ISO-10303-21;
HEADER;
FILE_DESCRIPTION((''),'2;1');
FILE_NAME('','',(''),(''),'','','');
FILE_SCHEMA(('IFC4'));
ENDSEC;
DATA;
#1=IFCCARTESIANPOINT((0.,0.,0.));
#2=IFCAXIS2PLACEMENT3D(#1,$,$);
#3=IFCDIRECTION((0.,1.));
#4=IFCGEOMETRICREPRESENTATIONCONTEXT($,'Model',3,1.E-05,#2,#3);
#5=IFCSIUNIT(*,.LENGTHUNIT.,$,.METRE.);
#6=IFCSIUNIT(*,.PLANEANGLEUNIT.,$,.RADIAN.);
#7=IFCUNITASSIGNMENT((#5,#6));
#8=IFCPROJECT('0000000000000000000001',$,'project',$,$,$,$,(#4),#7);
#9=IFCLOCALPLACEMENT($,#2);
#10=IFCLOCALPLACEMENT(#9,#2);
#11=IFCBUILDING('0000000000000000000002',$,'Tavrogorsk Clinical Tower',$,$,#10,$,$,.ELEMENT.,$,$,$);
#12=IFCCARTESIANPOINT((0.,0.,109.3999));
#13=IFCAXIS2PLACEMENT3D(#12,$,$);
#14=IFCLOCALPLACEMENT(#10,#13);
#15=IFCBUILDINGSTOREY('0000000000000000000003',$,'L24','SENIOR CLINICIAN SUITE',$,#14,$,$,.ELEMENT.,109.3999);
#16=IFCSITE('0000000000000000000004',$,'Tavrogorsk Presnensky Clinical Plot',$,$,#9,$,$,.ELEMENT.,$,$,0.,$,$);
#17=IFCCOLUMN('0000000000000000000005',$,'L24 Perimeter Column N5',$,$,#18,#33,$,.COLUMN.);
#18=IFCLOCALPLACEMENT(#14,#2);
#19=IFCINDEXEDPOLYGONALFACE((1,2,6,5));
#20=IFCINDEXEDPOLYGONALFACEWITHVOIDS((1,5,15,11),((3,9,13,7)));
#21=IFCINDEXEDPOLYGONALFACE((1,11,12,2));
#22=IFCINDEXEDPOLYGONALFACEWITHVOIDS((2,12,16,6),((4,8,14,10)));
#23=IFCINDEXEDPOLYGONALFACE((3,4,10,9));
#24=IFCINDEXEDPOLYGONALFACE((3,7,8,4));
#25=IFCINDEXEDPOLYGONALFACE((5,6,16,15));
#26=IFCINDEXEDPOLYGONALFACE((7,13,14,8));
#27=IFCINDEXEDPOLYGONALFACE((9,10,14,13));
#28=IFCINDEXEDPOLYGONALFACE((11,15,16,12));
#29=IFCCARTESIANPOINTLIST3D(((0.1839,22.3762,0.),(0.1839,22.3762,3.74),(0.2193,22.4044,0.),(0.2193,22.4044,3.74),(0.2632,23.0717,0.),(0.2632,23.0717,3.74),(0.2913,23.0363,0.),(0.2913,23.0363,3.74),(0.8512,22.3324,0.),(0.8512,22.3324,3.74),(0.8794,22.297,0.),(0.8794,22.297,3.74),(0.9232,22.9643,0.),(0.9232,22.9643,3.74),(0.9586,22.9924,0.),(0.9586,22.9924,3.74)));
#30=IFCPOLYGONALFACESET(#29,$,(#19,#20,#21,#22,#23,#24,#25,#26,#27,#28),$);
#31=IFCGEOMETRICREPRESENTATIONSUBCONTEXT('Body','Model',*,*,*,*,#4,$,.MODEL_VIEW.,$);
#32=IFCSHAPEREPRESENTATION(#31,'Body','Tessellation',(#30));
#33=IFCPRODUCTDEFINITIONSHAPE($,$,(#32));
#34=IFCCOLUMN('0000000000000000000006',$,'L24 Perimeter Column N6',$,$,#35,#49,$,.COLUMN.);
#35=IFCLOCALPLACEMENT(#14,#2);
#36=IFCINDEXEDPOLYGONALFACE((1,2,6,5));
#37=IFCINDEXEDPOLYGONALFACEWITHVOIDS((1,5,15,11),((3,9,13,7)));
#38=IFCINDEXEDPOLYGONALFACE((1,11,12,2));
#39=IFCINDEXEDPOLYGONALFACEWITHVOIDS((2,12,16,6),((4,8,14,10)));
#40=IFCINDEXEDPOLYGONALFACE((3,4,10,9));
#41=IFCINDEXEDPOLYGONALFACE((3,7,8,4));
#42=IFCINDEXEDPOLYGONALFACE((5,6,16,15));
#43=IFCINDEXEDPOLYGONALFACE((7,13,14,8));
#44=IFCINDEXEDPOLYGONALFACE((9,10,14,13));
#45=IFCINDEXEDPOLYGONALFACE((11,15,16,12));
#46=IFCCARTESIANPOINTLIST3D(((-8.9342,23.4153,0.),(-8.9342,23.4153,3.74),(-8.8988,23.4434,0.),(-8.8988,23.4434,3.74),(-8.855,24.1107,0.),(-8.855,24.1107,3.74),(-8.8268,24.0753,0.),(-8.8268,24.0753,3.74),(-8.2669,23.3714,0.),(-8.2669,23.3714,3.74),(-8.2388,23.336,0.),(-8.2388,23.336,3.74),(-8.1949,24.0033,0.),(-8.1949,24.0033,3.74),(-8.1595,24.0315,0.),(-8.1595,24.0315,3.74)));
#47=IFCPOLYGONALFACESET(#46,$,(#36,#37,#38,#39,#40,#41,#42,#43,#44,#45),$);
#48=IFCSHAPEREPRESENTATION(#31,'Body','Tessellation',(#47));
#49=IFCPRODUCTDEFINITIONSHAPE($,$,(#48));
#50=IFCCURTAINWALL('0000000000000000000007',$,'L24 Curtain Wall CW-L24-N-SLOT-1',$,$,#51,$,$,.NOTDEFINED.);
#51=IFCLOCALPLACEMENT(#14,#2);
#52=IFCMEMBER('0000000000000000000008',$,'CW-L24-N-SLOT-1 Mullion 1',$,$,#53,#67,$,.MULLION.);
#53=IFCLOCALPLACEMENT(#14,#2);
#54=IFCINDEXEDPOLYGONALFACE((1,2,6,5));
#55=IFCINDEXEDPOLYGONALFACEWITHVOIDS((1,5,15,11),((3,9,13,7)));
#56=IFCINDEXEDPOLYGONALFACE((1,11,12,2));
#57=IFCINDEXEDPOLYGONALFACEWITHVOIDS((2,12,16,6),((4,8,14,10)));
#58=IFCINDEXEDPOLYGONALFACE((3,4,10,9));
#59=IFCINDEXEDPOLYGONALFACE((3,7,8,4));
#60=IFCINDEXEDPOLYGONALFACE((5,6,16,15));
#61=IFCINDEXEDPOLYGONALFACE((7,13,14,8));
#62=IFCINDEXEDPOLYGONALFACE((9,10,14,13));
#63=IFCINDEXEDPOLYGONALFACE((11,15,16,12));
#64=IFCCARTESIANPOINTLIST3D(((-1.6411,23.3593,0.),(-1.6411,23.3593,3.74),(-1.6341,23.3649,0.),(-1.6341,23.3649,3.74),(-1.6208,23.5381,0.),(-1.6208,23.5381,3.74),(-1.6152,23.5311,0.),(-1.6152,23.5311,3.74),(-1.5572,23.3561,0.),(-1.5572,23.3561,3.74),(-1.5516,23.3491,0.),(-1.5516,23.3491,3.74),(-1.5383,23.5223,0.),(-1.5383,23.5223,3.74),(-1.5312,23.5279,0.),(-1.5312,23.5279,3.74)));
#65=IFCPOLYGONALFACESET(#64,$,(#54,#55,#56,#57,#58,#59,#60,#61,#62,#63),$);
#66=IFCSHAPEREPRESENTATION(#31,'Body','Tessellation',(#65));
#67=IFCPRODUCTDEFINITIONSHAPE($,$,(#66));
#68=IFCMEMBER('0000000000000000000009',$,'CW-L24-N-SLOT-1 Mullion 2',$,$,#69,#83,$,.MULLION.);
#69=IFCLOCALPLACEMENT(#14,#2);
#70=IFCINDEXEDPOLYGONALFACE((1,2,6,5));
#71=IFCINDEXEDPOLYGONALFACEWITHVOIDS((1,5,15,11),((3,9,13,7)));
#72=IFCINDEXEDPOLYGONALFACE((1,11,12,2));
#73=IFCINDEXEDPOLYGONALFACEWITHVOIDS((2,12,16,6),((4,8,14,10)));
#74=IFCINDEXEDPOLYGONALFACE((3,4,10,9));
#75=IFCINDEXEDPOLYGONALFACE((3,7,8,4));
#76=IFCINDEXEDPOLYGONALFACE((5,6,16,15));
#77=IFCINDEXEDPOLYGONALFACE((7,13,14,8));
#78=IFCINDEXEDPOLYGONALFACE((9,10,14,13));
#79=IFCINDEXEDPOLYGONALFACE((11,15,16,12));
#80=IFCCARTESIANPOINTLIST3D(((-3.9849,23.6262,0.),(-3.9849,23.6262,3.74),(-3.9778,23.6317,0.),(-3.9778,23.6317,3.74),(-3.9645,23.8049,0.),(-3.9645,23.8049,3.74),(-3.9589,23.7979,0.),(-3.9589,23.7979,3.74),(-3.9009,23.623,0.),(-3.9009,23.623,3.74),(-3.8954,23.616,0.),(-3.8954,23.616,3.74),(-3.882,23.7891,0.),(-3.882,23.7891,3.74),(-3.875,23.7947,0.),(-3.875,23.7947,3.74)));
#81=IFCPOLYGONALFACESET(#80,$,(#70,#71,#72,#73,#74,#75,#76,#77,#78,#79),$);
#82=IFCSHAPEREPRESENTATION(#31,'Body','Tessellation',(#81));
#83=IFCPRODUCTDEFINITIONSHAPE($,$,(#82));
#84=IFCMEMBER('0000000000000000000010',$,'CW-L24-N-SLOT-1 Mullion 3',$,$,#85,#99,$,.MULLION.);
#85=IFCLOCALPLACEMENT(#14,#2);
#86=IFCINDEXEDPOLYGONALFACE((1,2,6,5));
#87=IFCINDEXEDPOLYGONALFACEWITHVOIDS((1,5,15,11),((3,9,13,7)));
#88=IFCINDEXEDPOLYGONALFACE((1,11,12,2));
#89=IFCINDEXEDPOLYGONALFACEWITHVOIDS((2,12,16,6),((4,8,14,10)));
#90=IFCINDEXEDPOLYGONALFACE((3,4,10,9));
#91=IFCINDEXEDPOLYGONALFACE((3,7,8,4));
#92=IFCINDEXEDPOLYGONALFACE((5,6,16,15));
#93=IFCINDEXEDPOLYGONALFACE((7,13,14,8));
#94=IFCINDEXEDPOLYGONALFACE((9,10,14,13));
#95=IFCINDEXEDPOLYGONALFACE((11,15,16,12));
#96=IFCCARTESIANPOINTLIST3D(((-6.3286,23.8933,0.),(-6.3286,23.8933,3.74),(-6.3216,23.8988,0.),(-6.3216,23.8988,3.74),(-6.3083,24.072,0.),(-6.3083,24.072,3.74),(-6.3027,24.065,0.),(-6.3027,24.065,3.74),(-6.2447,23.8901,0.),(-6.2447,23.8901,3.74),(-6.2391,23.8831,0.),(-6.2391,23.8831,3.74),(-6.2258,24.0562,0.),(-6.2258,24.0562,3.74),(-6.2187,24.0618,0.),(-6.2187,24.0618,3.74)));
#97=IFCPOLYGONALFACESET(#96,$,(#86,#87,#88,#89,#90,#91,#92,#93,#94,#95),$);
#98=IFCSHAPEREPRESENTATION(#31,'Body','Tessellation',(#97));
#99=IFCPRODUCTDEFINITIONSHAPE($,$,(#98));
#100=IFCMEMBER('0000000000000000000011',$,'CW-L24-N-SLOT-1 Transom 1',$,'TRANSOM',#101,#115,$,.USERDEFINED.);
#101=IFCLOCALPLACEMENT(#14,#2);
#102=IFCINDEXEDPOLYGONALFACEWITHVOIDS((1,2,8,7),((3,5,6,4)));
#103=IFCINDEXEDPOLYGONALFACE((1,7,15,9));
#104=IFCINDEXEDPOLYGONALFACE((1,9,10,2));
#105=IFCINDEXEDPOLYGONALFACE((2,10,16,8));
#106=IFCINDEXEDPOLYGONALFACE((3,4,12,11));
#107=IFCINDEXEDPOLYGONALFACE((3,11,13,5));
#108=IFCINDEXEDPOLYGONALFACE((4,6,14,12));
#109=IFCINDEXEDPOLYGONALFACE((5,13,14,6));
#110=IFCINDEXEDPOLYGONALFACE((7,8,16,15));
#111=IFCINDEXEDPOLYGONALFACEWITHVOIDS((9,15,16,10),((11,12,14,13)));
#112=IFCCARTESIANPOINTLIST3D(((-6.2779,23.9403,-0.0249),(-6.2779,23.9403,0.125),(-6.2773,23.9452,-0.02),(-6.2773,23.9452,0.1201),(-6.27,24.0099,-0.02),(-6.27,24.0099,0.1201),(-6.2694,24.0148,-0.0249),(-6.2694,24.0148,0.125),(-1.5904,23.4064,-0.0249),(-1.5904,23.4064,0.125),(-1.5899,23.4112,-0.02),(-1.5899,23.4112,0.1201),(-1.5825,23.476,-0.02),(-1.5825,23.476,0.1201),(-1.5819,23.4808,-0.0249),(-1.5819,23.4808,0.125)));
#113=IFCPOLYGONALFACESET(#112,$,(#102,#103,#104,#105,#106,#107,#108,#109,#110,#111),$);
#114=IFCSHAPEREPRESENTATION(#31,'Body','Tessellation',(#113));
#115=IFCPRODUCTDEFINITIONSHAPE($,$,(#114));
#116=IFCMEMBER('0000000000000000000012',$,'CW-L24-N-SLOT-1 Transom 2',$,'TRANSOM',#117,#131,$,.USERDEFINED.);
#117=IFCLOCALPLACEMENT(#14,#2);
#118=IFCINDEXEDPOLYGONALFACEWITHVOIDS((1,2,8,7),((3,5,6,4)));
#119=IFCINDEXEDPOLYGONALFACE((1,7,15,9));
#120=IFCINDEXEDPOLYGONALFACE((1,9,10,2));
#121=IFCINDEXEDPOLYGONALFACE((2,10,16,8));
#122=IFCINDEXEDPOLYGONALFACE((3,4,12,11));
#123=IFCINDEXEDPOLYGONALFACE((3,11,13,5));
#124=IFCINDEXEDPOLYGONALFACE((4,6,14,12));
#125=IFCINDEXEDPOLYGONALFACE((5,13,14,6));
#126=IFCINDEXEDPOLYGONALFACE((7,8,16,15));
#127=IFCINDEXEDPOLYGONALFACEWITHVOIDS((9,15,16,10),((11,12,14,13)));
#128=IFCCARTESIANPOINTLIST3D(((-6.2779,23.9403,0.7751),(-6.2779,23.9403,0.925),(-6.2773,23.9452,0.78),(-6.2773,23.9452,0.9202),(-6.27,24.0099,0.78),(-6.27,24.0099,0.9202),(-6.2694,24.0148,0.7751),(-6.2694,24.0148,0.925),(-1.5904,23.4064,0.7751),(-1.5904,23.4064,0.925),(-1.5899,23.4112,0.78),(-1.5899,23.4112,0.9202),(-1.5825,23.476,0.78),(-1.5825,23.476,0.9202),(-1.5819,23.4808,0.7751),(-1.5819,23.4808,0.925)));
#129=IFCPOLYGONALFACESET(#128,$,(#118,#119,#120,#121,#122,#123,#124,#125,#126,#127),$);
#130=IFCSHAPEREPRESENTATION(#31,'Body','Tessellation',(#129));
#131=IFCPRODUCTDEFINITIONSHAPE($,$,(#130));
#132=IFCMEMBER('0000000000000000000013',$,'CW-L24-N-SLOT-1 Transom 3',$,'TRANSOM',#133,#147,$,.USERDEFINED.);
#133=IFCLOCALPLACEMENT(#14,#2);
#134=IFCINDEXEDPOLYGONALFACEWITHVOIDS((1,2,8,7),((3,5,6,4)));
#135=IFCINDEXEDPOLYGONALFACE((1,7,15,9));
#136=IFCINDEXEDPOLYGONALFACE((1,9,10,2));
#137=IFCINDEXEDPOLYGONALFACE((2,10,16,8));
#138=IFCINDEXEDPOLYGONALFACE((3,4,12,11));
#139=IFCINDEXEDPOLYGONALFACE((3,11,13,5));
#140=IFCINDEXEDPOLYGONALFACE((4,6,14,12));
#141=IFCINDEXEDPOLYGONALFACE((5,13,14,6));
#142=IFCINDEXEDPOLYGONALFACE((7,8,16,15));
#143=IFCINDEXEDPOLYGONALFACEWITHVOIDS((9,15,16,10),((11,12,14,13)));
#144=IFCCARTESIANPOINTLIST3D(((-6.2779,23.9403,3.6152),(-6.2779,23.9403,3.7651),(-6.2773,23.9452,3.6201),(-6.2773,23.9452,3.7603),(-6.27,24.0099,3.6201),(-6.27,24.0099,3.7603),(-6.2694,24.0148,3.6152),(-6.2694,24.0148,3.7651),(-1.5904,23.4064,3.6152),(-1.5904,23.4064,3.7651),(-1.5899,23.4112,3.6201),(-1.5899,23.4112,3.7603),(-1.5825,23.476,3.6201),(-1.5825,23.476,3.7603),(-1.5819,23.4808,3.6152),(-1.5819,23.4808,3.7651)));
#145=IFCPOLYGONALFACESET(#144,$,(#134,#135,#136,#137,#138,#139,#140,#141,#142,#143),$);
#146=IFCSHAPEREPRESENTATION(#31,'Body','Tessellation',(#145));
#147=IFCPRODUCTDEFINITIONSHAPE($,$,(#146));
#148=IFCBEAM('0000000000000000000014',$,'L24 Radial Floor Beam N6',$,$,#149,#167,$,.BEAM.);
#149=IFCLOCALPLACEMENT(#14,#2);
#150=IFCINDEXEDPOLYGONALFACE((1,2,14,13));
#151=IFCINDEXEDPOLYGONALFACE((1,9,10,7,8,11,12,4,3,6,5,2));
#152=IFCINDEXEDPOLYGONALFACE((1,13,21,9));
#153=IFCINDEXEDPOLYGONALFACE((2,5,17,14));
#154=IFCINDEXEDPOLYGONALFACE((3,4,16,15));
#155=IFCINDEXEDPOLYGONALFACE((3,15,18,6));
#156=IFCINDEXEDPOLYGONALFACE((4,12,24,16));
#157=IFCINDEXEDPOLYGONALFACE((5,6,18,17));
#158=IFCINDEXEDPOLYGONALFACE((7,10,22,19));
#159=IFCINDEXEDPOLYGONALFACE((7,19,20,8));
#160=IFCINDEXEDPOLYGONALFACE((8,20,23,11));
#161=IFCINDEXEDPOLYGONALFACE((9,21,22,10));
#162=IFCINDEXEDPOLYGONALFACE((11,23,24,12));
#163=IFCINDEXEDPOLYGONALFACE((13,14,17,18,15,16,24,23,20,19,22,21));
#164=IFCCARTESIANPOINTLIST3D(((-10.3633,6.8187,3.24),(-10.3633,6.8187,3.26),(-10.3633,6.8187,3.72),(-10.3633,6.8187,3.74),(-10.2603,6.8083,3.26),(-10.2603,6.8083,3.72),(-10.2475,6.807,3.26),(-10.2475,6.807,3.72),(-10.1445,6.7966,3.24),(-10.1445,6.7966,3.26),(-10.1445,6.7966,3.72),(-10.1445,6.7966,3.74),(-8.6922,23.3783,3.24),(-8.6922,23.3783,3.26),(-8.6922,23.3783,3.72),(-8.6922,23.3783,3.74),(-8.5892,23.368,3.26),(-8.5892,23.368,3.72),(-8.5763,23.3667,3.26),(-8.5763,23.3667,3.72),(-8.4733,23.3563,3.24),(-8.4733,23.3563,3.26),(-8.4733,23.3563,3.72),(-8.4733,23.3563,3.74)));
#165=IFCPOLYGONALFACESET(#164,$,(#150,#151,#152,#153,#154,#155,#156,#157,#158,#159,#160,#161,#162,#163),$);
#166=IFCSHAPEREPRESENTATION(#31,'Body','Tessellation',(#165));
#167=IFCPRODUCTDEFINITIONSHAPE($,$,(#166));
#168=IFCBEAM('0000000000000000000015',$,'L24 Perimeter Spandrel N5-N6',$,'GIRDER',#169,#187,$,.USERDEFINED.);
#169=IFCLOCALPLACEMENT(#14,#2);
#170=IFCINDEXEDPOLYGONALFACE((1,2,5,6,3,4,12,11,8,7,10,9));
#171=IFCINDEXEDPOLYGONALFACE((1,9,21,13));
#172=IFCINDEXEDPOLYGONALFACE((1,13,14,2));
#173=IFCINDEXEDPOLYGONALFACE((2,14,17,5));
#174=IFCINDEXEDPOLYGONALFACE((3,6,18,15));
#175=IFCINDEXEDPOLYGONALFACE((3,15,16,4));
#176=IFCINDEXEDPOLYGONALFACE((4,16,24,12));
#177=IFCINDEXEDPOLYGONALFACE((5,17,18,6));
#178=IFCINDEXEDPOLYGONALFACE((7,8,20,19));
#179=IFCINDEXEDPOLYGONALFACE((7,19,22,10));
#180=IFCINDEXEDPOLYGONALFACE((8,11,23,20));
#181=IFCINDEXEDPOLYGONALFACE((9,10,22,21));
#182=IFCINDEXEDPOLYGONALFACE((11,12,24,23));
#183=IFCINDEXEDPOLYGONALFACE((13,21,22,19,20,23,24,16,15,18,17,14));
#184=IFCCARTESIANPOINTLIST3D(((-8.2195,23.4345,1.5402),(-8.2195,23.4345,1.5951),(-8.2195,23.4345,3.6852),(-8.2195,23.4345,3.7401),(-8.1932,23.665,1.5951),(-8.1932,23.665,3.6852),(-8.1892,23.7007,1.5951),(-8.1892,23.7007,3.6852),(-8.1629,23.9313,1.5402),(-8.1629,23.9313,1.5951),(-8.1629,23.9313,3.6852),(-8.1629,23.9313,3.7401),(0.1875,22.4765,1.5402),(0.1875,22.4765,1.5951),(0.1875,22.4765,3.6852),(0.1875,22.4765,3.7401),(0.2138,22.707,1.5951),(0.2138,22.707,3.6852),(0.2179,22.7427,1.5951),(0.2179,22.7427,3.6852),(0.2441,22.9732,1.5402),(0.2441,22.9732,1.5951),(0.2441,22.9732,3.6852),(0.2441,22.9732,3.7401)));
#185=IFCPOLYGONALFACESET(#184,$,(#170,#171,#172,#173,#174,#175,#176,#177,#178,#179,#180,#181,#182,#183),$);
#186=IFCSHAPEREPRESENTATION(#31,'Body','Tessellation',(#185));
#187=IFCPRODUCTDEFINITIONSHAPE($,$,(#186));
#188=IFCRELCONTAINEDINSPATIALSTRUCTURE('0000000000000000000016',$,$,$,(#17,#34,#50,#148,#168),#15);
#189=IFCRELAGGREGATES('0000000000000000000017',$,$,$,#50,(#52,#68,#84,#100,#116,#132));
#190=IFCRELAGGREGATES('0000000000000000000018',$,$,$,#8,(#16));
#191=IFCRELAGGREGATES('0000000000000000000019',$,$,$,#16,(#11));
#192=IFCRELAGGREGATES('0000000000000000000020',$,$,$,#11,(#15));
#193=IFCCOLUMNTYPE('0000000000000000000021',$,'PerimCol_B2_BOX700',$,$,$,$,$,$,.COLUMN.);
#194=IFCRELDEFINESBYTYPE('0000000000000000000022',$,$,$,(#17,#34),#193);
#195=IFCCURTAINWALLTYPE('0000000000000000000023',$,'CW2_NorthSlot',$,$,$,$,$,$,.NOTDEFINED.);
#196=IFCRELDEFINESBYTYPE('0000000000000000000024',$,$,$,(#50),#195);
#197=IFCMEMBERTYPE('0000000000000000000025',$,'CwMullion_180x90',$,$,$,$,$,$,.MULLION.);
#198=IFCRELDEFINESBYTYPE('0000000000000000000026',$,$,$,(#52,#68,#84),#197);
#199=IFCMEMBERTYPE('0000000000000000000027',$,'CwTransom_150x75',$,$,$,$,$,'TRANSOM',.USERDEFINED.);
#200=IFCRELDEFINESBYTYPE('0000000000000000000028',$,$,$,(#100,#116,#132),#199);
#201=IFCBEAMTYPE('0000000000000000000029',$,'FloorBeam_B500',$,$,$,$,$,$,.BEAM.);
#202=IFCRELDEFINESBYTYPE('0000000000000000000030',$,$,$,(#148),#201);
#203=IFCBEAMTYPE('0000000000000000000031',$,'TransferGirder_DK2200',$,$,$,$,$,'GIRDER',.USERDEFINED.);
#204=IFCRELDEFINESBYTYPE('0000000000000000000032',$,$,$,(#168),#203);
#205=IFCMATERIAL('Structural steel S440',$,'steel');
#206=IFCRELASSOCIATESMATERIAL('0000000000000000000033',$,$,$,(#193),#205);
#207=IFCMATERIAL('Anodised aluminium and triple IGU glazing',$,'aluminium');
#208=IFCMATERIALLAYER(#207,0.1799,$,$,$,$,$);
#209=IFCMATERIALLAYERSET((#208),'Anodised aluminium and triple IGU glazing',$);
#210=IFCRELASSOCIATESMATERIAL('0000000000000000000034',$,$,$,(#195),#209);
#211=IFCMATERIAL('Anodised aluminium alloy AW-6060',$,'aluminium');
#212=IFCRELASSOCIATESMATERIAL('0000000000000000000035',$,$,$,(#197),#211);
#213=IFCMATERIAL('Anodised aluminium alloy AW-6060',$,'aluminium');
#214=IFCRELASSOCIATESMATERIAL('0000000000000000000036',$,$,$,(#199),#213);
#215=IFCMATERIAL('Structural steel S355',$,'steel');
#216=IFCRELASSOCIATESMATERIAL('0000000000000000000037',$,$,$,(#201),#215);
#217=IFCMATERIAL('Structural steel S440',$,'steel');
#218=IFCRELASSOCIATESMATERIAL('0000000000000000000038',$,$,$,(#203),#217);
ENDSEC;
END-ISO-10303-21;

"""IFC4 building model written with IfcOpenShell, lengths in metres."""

from ifc_helpers import new_model, si_unit, direction, frame, origin, origin_2d, place, context, subcontext, project, spatial, hollow_rectangle, i_section, extrude, material, layer, layer_set, material_profile, profile_set, type_object, element, aggregate, save


model = new_model("IFC4")

# Units and contexts
model_context = context("Model", 3, precision=1e-05, world=origin(), true_north=direction((0.0, 1.0)))
body_context = subcontext(model_context, "Body", "Model", "MODEL_VIEW")
ifc_project = project(units=[si_unit("LENGTHUNIT", "METRE"), si_unit("PLANEANGLEUNIT", "RADIAN")], contexts=[model_context])

# Site, building, storey
site_placement = place(None, origin())
site = spatial("IfcSite", under=ifc_project, at=site_placement, Name="Tavrogorsk Presnensky Clinical Plot", CompositionType="ELEMENT", RefElevation=0.0)
building_placement = place(site_placement, origin())
building = spatial("IfcBuilding", under=site, at=building_placement, Name="Tavrogorsk Clinical Tower", CompositionType="ELEMENT")
storey_placement = place(building_placement, frame((0.0, 0.0, 109.3999)))
storey = spatial("IfcBuildingStorey", under=building, at=storey_placement, Name="L24", Description="SENIOR CLINICIAN SUITE", CompositionType="ELEMENT", Elevation=109.3999)

# Columns
ifc_material_1 = material(Name="Structural steel S440", Category="steel")
ifc_material_profile_1 = material_profile(ifc_material_1, hollow_rectangle(XDim=0.7, YDim=0.7, WallThickness=0.032, at=origin_2d()), Name="BOX-700x700x32")
ifc_profile_set_1 = profile_set([ifc_material_profile_1], Name="Structural steel S440")
column_type = type_object("IfcColumnType", Name="PerimCol_B2_BOX700", PredefinedType="COLUMN", material=ifc_profile_set_1)
for number, where, z_axis, x_axis, name in (
    (1, (0.5713, 22.6843, 0.0), (0.0, 0.0, 1.0), (0.993572, -0.113203, 0.0), "L24 Perimeter Column N5"),
    (2, (-8.5469, 23.7234, 0.0), (0.0, 0.0, 1.0), (0.993572, -0.113203, 0.0), "L24 Perimeter Column N6"),
):
    element("IfcColumn", number, at=place(storey_placement, frame(where, z_axis=z_axis, x_axis=x_axis)), inside=storey, type_object=column_type, Name=name, PredefinedType="COLUMN", context=body_context, shape_type="SweptSolid", body=[
        extrude(hollow_rectangle(XDim=0.7, YDim=0.7, WallThickness=0.032, at=origin_2d()), origin(), (0.0, 0.0, 1.0), 3.74),
    ])

# Curtain wall, members
ifc_material_2 = material(Name="Anodised aluminium and triple IGU glazing", Category="aluminium")
ifc_layer_1 = layer(ifc_material_2, 0.1799)
ifc_layer_set_1 = layer_set([ifc_layer_1], Name="Anodised aluminium and triple IGU glazing")
curtain_wall_type = type_object("IfcCurtainWallType", Name="CW2_NorthSlot", PredefinedType="NOTDEFINED", material=ifc_layer_set_1)
curtain_wall_placement = place(storey_placement, origin())
curtain_wall = element("IfcCurtainWall", 3, at=curtain_wall_placement, inside=storey, type_object=curtain_wall_type, Name="L24 Curtain Wall CW-L24-N-SLOT-1", PredefinedType="NOTDEFINED")
ifc_material_3 = material(Name="Anodised aluminium alloy AW-6060", Category="aluminium")
ifc_material_profile_2 = material_profile(ifc_material_3, hollow_rectangle(XDim=0.0901, YDim=0.1799, WallThickness=0.0063, at=origin_2d()), Name="RHS-180x90x6.3")
ifc_profile_set_2 = profile_set([ifc_material_profile_2], Name="Anodised aluminium alloy AW-6060")
member_type_1 = type_object("IfcMemberType", Name="CwMullion_180x90", PredefinedType="MULLION", material=ifc_profile_set_2)
member_1_placement = place(storey_placement, frame((-1.5862, 23.4436, 0.0), z_axis=(0.0, 0.0, 1.0), x_axis=(-0.993572, 0.113203, 0.0)))
member_1 = element("IfcMember", 4, at=member_1_placement, type_object=member_type_1, Name="CW-L24-N-SLOT-1 Mullion 1", PredefinedType="MULLION", context=body_context, shape_type="SweptSolid", body=[
    extrude(hollow_rectangle(XDim=0.0901, YDim=0.1799, WallThickness=0.0063, at=origin_2d()), origin(), (0.0, 0.0, 1.0), 3.74),
])
member_2_placement = place(storey_placement, frame((-3.9299, 23.7104, 0.0), z_axis=(0.0, 0.0, 1.0), x_axis=(-0.993572, 0.113203, 0.0)))
member_2 = element("IfcMember", 5, at=member_2_placement, type_object=member_type_1, Name="CW-L24-N-SLOT-1 Mullion 2", PredefinedType="MULLION", context=body_context, shape_type="SweptSolid", body=[
    extrude(hollow_rectangle(XDim=0.0901, YDim=0.1799, WallThickness=0.0063, at=origin_2d()), origin(), (0.0, 0.0, 1.0), 3.74),
])
member_3_placement = place(storey_placement, frame((-6.2737, 23.9775, 0.0), z_axis=(0.0, 0.0, 1.0), x_axis=(-0.993572, 0.113203, 0.0)))
member_3 = element("IfcMember", 6, at=member_3_placement, type_object=member_type_1, Name="CW-L24-N-SLOT-1 Mullion 3", PredefinedType="MULLION", context=body_context, shape_type="SweptSolid", body=[
    extrude(hollow_rectangle(XDim=0.0901, YDim=0.1799, WallThickness=0.0063, at=origin_2d()), origin(), (0.0, 0.0, 1.0), 3.74),
])
ifc_material_4 = material(Name="Anodised aluminium alloy AW-6060", Category="aluminium")
ifc_material_profile_3 = material_profile(ifc_material_4, hollow_rectangle(XDim=0.075, YDim=0.1499, WallThickness=0.0049, at=origin_2d()), Name="RHS-150x75x5")
ifc_profile_set_3 = profile_set([ifc_material_profile_3], Name="Anodised aluminium alloy AW-6060")
member_type_2 = type_object("IfcMemberType", Name="CwTransom_150x75", ElementType="TRANSOM", PredefinedType="USERDEFINED", material=ifc_profile_set_3)
member_4_placement = place(storey_placement, frame((-1.5862, 23.4436, 0.05), z_axis=(-0.993575, 0.113174, 0.0), x_axis=(-0.113174, -0.993575, 0.0)))
member_4 = element("IfcMember", 7, at=member_4_placement, type_object=member_type_2, Name="CW-L24-N-SLOT-1 Transom 1", ObjectType="TRANSOM", PredefinedType="USERDEFINED", context=body_context, shape_type="SweptSolid", body=[
    extrude(hollow_rectangle(XDim=0.075, YDim=0.1499, WallThickness=0.0049, at=origin_2d()), origin(), (0.0, 0.0, 1.0), 4.7178),
])
member_5_placement = place(storey_placement, frame((-1.5862, 23.4436, 0.8501), z_axis=(-0.993575, 0.113174, 0.0), x_axis=(-0.113174, -0.993575, 0.0)))
member_5 = element("IfcMember", 8, at=member_5_placement, type_object=member_type_2, Name="CW-L24-N-SLOT-1 Transom 2", ObjectType="TRANSOM", PredefinedType="USERDEFINED", context=body_context, shape_type="SweptSolid", body=[
    extrude(hollow_rectangle(XDim=0.075, YDim=0.1499, WallThickness=0.0049, at=origin_2d()), origin(), (0.0, 0.0, 1.0), 4.7178),
])
member_6_placement = place(storey_placement, frame((-1.5862, 23.4436, 3.6902), z_axis=(-0.993575, 0.113174, 0.0), x_axis=(-0.113174, -0.993575, 0.0)))
member_6 = element("IfcMember", 9, at=member_6_placement, type_object=member_type_2, Name="CW-L24-N-SLOT-1 Transom 3", ObjectType="TRANSOM", PredefinedType="USERDEFINED", context=body_context, shape_type="SweptSolid", body=[
    extrude(hollow_rectangle(XDim=0.075, YDim=0.1499, WallThickness=0.0049, at=origin_2d()), origin(), (0.0, 0.0, 1.0), 4.7178),
])

# Beams
ifc_material_5 = material(Name="Structural steel S355", Category="steel")
ifc_material_profile_4 = material_profile(ifc_material_5, i_section(OverallWidth=0.22, OverallDepth=0.5, WebThickness=0.0129, FlangeThickness=0.02, at=origin_2d()), Name="B-500x220x13x20")
ifc_profile_set_4 = profile_set([ifc_material_profile_4], Name="Structural steel S355")
beam_type_1 = type_object("IfcBeamType", Name="FloorBeam_B500", PredefinedType="BEAM", material=ifc_profile_set_4)
beam_1_placement = place(storey_placement, frame((-10.2539, 6.8076, 3.49), z_axis=(0.100407, 0.994946, 0.0), x_axis=(-0.994946, 0.100407, 0.0)))
element("IfcBeam", 10, at=beam_1_placement, inside=storey, type_object=beam_type_1, Name="L24 Radial Floor Beam N6", PredefinedType="BEAM", context=body_context, shape_type="SweptSolid", body=[
    extrude(i_section(OverallWidth=0.22, OverallDepth=0.5, WebThickness=0.0129, FlangeThickness=0.02, at=origin_2d()), origin(), (0.0, 0.0, 1.0), 16.6438),
])
ifc_material_6 = material(Name="Structural steel S440", Category="steel")
ifc_material_profile_5 = material_profile(ifc_material_6, i_section(OverallWidth=0.5, OverallDepth=2.2, WebThickness=0.0359, FlangeThickness=0.0549, at=origin_2d()), Name="DK-2200x500x36x55")
ifc_profile_set_5 = profile_set([ifc_material_profile_5], Name="Structural steel S440")
beam_type_2 = type_object("IfcBeamType", Name="TransferGirder_DK2200", ElementType="GIRDER", PredefinedType="USERDEFINED", material=ifc_profile_set_5)
beam_2_placement = place(storey_placement, frame((0.2158, 22.7249, 2.6401), z_axis=(-0.99357, 0.113221, 0.0), x_axis=(-0.113221, -0.99357, 0.0)))
element("IfcBeam", 11, at=beam_2_placement, inside=storey, type_object=beam_type_2, Name="L24 Perimeter Spandrel N5-N6", ObjectType="GIRDER", PredefinedType="USERDEFINED", context=body_context, shape_type="SweptSolid", body=[
    extrude(i_section(OverallWidth=0.5, OverallDepth=2.2, WebThickness=0.0359, FlangeThickness=0.0549, at=origin_2d()), origin(), (0.0, 0.0, 1.0), 8.4614),
])

aggregate(curtain_wall, [member_1, member_2, member_3, member_4, member_5, member_6])

save(model, "model.ifc")
